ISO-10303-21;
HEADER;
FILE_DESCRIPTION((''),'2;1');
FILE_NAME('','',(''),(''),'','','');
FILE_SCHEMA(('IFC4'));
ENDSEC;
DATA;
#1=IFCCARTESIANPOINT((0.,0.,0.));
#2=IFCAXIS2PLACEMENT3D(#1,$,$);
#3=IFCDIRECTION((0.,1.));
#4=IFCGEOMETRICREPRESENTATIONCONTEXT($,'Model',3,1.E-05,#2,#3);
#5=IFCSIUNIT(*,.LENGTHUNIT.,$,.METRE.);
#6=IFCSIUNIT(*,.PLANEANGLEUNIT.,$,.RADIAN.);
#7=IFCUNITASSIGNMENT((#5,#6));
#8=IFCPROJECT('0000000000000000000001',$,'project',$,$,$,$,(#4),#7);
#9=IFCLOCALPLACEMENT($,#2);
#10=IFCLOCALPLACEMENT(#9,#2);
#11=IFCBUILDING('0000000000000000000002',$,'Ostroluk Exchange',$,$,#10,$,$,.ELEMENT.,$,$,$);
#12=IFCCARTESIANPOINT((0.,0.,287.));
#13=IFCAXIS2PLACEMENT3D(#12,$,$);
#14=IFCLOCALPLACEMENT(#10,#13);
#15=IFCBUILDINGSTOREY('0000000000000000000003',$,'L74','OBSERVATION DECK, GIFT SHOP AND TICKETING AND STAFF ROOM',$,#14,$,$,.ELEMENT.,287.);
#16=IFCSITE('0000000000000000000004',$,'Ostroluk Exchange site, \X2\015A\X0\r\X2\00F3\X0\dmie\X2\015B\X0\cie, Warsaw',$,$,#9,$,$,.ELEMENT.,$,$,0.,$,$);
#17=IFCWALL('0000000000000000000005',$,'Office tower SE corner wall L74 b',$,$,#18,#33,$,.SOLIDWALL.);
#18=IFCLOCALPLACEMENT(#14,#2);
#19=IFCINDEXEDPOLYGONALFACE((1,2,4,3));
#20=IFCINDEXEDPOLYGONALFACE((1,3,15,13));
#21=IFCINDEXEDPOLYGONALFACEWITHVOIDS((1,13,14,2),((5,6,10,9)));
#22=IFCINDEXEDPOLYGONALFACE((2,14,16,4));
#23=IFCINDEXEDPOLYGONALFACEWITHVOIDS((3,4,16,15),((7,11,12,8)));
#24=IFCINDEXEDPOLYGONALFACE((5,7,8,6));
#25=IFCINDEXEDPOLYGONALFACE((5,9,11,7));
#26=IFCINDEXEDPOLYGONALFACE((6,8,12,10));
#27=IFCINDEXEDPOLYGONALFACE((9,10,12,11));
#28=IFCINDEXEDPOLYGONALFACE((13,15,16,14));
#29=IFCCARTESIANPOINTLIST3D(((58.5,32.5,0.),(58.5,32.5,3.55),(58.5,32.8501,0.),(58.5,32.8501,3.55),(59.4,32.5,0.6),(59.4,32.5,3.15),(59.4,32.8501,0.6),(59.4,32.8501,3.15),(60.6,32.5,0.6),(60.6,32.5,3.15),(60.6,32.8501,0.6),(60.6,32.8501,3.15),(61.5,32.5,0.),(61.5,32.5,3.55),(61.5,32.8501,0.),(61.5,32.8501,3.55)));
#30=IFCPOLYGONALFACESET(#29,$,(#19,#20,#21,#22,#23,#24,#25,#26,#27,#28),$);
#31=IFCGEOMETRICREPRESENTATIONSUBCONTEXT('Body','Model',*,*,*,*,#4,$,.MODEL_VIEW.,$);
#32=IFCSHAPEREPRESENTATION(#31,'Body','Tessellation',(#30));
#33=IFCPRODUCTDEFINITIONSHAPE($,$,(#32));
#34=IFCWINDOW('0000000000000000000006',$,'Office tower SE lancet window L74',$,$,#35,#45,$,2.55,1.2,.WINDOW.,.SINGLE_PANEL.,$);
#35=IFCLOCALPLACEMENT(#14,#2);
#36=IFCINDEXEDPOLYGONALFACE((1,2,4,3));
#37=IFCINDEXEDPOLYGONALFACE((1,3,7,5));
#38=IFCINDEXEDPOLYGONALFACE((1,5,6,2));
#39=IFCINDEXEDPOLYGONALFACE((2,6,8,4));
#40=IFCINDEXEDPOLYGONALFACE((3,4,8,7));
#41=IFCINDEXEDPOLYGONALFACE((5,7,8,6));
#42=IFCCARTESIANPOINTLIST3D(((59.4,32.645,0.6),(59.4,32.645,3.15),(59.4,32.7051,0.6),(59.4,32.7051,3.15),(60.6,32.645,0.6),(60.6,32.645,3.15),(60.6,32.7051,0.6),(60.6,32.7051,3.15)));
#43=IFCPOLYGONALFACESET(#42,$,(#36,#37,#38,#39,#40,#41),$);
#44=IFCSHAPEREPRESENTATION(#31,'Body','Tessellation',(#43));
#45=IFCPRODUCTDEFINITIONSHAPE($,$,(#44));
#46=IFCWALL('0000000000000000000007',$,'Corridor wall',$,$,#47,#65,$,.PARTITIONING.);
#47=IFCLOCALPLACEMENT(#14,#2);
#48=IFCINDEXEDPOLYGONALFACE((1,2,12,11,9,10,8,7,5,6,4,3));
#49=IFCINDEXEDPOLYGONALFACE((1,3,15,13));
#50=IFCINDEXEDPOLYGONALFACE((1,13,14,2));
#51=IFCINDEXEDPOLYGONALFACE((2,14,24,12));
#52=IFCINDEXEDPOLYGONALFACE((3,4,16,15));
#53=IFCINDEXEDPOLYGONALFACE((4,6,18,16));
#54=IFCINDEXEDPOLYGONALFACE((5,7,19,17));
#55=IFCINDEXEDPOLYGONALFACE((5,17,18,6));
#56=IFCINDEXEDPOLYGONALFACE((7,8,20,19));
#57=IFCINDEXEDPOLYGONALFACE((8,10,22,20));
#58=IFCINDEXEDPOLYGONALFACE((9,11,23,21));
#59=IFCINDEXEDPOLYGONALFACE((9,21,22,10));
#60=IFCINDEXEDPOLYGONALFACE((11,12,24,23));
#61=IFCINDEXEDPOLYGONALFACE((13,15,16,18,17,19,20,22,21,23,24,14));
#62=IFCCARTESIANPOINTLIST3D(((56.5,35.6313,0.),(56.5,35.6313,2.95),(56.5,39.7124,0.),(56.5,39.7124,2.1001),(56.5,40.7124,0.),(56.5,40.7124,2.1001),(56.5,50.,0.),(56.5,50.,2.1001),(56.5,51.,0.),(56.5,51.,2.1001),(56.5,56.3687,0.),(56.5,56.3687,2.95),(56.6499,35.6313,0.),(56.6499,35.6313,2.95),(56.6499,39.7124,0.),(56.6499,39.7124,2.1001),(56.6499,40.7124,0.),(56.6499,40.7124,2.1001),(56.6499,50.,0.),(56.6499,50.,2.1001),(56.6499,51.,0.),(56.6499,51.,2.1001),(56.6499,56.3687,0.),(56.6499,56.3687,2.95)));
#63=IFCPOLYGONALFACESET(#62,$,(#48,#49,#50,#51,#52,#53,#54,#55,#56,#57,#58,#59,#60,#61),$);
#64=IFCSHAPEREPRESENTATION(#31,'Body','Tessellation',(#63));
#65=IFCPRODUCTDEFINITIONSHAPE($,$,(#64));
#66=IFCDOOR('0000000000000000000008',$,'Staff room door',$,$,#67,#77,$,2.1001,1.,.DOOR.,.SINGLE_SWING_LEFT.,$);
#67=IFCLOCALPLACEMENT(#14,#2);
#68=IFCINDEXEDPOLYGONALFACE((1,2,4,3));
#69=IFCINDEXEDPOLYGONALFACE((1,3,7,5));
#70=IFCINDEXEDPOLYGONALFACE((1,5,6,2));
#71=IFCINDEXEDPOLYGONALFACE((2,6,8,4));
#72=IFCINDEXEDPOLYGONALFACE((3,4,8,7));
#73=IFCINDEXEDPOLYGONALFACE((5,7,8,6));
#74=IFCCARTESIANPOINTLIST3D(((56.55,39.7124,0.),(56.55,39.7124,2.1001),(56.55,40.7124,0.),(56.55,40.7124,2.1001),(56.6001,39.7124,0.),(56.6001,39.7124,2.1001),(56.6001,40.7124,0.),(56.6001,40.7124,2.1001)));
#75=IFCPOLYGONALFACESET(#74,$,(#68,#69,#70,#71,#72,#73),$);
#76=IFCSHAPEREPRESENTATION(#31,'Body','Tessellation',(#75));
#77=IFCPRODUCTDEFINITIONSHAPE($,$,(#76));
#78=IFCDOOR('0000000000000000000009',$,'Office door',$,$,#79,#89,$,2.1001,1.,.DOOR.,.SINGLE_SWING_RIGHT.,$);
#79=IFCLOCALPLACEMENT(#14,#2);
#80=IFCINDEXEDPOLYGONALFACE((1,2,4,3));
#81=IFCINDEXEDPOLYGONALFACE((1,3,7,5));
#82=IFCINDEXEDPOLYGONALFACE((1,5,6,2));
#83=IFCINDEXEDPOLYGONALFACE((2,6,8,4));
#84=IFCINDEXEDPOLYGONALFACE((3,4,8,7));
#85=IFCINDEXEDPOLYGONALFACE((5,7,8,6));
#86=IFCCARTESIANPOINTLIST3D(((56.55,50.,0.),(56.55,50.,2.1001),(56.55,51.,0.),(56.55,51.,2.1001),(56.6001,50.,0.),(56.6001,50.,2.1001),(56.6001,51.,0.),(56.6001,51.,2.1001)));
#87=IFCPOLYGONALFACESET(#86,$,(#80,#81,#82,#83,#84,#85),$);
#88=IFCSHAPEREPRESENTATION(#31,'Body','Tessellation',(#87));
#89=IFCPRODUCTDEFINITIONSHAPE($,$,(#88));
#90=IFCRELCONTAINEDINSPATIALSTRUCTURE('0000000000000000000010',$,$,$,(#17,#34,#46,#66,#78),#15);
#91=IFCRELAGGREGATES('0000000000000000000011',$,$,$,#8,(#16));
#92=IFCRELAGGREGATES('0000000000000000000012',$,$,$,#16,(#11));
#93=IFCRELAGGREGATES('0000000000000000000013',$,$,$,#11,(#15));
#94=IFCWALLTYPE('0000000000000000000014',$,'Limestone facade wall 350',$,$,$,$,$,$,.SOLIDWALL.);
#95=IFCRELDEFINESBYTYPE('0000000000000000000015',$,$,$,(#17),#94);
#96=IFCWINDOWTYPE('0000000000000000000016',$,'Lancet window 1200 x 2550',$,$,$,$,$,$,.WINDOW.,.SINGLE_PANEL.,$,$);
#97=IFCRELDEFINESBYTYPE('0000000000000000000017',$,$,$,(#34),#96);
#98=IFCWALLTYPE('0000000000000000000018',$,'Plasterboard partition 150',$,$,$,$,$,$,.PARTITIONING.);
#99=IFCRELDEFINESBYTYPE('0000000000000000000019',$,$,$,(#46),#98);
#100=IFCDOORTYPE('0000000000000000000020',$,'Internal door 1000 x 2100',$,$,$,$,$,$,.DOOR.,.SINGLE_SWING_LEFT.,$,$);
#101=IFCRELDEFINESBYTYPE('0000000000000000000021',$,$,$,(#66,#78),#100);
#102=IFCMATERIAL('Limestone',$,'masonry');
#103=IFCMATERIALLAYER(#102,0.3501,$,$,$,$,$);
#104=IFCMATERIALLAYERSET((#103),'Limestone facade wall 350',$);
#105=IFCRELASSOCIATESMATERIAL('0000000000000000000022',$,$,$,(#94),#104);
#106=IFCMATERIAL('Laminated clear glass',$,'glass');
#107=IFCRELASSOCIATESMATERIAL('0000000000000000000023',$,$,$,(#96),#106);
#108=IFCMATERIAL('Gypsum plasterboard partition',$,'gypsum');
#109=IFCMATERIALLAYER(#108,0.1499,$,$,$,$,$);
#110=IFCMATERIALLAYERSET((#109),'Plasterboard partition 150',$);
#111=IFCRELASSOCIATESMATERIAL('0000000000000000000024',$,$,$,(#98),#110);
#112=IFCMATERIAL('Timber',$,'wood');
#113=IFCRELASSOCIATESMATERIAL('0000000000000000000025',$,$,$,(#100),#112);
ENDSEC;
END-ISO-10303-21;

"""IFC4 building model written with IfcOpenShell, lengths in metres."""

from ifc_helpers import new_model, si_unit, direction, frame, frame_2d, origin, place, context, subcontext, project, spatial, rectangle, extrude, material, layer, layer_set, type_object, element, fill, save


model = new_model("IFC4")

# Units and contexts
model_context = context("Model", 3, precision=1e-05, world=origin(), true_north=direction((0.0, 1.0)))
body_context = subcontext(model_context, "Body", "Model", "MODEL_VIEW")
ifc_project = project(units=[si_unit("LENGTHUNIT", "METRE"), si_unit("PLANEANGLEUNIT", "RADIAN")], contexts=[model_context])

# Site, building, storey
site_placement = place(None, origin())
site = spatial("IfcSite", under=ifc_project, at=site_placement, Name="Ostroluk Exchange site, Śródmieście, Warsaw", CompositionType="ELEMENT", RefElevation=0.0)
building_placement = place(site_placement, origin())
building = spatial("IfcBuilding", under=site, at=building_placement, Name="Ostroluk Exchange", CompositionType="ELEMENT")
storey_placement = place(building_placement, frame((0.0, 0.0, 287.0)))
storey = spatial("IfcBuildingStorey", under=building, at=storey_placement, Name="L74", Description="OBSERVATION DECK, GIFT SHOP AND TICKETING AND STAFF ROOM", CompositionType="ELEMENT", Elevation=287.0)

# Shared definitions
ifc_material_1 = material(Name="Limestone", Category="masonry")
ifc_layer_1 = layer(ifc_material_1, 0.3501)
ifc_layer_set_1 = layer_set([ifc_layer_1], Name="Limestone facade wall 350")
wall_type_1 = type_object("IfcWallType", Name="Limestone facade wall 350", PredefinedType="SOLIDWALL", material=ifc_layer_set_1)

# Wall, opening, window
wall_1_placement = place(storey_placement, frame((58.5, 32.675, 0.0), z_axis=(0.0, 0.0, 1.0), x_axis=(1.0, 0.0, 0.0)))
wall_1 = element("IfcWall", 1, at=wall_1_placement, inside=storey, type_object=wall_type_1, Name="Office tower SE corner wall L74 b", PredefinedType="SOLIDWALL", context=body_context, shape_type="SweptSolid", body=[
    extrude(rectangle(XDim=3.0, YDim=0.3501, at=frame_2d((1.5, 0.0))), origin(), (0.0, 0.0, 1.0), 3.55),
])
opening_1_placement = place(wall_1_placement, frame((0.8999, 0.0, 0.6001)))
opening_1 = element("IfcOpeningElement", 2, at=opening_1_placement, cuts=wall_1, PredefinedType="OPENING", context=body_context, shape_type="SweptSolid", body=[
    extrude(rectangle(XDim=1.2, YDim=2.55, at=frame_2d((0.6001, 1.2749))), frame((0.0, 0.1851, 0.0), z_axis=(0.0, -1.0, 0.0), x_axis=(1.0, 0.0, 0.0)), (0.0, 0.0, 1.0), 0.3701),
])
ifc_material_2 = material(Name="Laminated clear glass", Category="glass")
window_type = type_object("IfcWindowType", Name="Lancet window 1200 x 2550", PartitioningType="SINGLE_PANEL", PredefinedType="WINDOW", material=ifc_material_2)
window_placement = place(opening_1_placement, origin())
window = element("IfcWindow", 3, at=window_placement, inside=storey, type_object=window_type, Name="Office tower SE lancet window L74", OverallHeight=2.55, OverallWidth=1.2, PartitioningType="SINGLE_PANEL", PredefinedType="WINDOW", context=body_context, shape_type="SweptSolid", body=[
    extrude(rectangle(XDim=1.2, YDim=2.55, at=frame_2d((0.6001, 1.2749))), frame((0.0, 0.03, 0.0), z_axis=(0.0, -1.0, 0.0), x_axis=(1.0, 0.0, 0.0)), (0.0, 0.0, 1.0), 0.0601),
])
fill(opening_1, window)

# Wall, openings, doors
ifc_material_3 = material(Name="Gypsum plasterboard partition", Category="gypsum")
ifc_layer_2 = layer(ifc_material_3, 0.1499)
ifc_layer_set_2 = layer_set([ifc_layer_2], Name="Plasterboard partition 150")
wall_type_2 = type_object("IfcWallType", Name="Plasterboard partition 150", PredefinedType="PARTITIONING", material=ifc_layer_set_2)
wall_2_placement = place(storey_placement, frame((56.575, 35.6313, 0.0), z_axis=(0.0, 0.0, 1.0), x_axis=(0.0, 1.0, 0.0)))
wall_2 = element("IfcWall", 4, at=wall_2_placement, inside=storey, type_object=wall_type_2, Name="Corridor wall", PredefinedType="PARTITIONING", context=body_context, shape_type="SweptSolid", body=[
    extrude(rectangle(XDim=20.7373, YDim=0.1499, at=frame_2d((10.3687, 0.0))), origin(), (0.0, 0.0, 1.0), 2.95),
])
opening_2_placement = place(wall_2_placement, frame((4.0811, 0.0, 0.0)))
opening_2 = element("IfcOpeningElement", 5, at=opening_2_placement, cuts=wall_2, PredefinedType="OPENING", context=body_context, shape_type="SweptSolid", body=[
    extrude(rectangle(XDim=1.0, YDim=2.1001, at=frame_2d((0.5, 1.05))), frame((0.0, 0.085, 0.0), z_axis=(0.0, -1.0, 0.0), x_axis=(1.0, 0.0, 0.0)), (0.0, 0.0, 1.0), 0.1699),
])
opening_3_placement = place(wall_2_placement, frame((14.3687, 0.0, 0.0)))
opening_3 = element("IfcOpeningElement", 6, at=opening_3_placement, cuts=wall_2, PredefinedType="OPENING", context=body_context, shape_type="SweptSolid", body=[
    extrude(rectangle(XDim=1.0, YDim=2.1001, at=frame_2d((0.5, 1.05))), frame((0.0, 0.085, 0.0), z_axis=(0.0, -1.0, 0.0), x_axis=(1.0, 0.0, 0.0)), (0.0, 0.0, 1.0), 0.1699),
])
ifc_material_4 = material(Name="Timber", Category="wood")
door_type_1 = type_object("IfcDoorType", Name="Internal door 1000 x 2100", OperationType="SINGLE_SWING_LEFT", PredefinedType="DOOR", material=ifc_material_4)
door_1_placement = place(opening_2_placement, origin())
door_1 = element("IfcDoor", 7, at=door_1_placement, inside=storey, type_object=door_type_1, Name="Staff room door", OperationType="SINGLE_SWING_LEFT", OverallHeight=2.1001, OverallWidth=1.0, PredefinedType="DOOR", context=body_context, shape_type="SweptSolid", body=[
    extrude(rectangle(XDim=1.0, YDim=2.1001, at=frame_2d((0.5, 1.05))), frame((0.0, 0.0249, 0.0), z_axis=(0.0, -1.0, 0.0), x_axis=(1.0, 0.0, 0.0)), (0.0, 0.0, 1.0), 0.05),
])
fill(opening_2, door_1)
door_2_placement = place(opening_3_placement, origin())
door_2 = element("IfcDoor", 8, at=door_2_placement, inside=storey, type_object=door_type_1, Name="Office door", OperationType="SINGLE_SWING_RIGHT", OverallHeight=2.1001, OverallWidth=1.0, PredefinedType="DOOR", context=body_context, shape_type="SweptSolid", body=[
    extrude(rectangle(XDim=1.0, YDim=2.1001, at=frame_2d((0.5, 1.05))), frame((0.0, 0.0249, 0.0), z_axis=(0.0, -1.0, 0.0), x_axis=(1.0, 0.0, 0.0)), (0.0, 0.0, 1.0), 0.05),
])
fill(opening_3, door_2)

save(model, "model.ifc")
